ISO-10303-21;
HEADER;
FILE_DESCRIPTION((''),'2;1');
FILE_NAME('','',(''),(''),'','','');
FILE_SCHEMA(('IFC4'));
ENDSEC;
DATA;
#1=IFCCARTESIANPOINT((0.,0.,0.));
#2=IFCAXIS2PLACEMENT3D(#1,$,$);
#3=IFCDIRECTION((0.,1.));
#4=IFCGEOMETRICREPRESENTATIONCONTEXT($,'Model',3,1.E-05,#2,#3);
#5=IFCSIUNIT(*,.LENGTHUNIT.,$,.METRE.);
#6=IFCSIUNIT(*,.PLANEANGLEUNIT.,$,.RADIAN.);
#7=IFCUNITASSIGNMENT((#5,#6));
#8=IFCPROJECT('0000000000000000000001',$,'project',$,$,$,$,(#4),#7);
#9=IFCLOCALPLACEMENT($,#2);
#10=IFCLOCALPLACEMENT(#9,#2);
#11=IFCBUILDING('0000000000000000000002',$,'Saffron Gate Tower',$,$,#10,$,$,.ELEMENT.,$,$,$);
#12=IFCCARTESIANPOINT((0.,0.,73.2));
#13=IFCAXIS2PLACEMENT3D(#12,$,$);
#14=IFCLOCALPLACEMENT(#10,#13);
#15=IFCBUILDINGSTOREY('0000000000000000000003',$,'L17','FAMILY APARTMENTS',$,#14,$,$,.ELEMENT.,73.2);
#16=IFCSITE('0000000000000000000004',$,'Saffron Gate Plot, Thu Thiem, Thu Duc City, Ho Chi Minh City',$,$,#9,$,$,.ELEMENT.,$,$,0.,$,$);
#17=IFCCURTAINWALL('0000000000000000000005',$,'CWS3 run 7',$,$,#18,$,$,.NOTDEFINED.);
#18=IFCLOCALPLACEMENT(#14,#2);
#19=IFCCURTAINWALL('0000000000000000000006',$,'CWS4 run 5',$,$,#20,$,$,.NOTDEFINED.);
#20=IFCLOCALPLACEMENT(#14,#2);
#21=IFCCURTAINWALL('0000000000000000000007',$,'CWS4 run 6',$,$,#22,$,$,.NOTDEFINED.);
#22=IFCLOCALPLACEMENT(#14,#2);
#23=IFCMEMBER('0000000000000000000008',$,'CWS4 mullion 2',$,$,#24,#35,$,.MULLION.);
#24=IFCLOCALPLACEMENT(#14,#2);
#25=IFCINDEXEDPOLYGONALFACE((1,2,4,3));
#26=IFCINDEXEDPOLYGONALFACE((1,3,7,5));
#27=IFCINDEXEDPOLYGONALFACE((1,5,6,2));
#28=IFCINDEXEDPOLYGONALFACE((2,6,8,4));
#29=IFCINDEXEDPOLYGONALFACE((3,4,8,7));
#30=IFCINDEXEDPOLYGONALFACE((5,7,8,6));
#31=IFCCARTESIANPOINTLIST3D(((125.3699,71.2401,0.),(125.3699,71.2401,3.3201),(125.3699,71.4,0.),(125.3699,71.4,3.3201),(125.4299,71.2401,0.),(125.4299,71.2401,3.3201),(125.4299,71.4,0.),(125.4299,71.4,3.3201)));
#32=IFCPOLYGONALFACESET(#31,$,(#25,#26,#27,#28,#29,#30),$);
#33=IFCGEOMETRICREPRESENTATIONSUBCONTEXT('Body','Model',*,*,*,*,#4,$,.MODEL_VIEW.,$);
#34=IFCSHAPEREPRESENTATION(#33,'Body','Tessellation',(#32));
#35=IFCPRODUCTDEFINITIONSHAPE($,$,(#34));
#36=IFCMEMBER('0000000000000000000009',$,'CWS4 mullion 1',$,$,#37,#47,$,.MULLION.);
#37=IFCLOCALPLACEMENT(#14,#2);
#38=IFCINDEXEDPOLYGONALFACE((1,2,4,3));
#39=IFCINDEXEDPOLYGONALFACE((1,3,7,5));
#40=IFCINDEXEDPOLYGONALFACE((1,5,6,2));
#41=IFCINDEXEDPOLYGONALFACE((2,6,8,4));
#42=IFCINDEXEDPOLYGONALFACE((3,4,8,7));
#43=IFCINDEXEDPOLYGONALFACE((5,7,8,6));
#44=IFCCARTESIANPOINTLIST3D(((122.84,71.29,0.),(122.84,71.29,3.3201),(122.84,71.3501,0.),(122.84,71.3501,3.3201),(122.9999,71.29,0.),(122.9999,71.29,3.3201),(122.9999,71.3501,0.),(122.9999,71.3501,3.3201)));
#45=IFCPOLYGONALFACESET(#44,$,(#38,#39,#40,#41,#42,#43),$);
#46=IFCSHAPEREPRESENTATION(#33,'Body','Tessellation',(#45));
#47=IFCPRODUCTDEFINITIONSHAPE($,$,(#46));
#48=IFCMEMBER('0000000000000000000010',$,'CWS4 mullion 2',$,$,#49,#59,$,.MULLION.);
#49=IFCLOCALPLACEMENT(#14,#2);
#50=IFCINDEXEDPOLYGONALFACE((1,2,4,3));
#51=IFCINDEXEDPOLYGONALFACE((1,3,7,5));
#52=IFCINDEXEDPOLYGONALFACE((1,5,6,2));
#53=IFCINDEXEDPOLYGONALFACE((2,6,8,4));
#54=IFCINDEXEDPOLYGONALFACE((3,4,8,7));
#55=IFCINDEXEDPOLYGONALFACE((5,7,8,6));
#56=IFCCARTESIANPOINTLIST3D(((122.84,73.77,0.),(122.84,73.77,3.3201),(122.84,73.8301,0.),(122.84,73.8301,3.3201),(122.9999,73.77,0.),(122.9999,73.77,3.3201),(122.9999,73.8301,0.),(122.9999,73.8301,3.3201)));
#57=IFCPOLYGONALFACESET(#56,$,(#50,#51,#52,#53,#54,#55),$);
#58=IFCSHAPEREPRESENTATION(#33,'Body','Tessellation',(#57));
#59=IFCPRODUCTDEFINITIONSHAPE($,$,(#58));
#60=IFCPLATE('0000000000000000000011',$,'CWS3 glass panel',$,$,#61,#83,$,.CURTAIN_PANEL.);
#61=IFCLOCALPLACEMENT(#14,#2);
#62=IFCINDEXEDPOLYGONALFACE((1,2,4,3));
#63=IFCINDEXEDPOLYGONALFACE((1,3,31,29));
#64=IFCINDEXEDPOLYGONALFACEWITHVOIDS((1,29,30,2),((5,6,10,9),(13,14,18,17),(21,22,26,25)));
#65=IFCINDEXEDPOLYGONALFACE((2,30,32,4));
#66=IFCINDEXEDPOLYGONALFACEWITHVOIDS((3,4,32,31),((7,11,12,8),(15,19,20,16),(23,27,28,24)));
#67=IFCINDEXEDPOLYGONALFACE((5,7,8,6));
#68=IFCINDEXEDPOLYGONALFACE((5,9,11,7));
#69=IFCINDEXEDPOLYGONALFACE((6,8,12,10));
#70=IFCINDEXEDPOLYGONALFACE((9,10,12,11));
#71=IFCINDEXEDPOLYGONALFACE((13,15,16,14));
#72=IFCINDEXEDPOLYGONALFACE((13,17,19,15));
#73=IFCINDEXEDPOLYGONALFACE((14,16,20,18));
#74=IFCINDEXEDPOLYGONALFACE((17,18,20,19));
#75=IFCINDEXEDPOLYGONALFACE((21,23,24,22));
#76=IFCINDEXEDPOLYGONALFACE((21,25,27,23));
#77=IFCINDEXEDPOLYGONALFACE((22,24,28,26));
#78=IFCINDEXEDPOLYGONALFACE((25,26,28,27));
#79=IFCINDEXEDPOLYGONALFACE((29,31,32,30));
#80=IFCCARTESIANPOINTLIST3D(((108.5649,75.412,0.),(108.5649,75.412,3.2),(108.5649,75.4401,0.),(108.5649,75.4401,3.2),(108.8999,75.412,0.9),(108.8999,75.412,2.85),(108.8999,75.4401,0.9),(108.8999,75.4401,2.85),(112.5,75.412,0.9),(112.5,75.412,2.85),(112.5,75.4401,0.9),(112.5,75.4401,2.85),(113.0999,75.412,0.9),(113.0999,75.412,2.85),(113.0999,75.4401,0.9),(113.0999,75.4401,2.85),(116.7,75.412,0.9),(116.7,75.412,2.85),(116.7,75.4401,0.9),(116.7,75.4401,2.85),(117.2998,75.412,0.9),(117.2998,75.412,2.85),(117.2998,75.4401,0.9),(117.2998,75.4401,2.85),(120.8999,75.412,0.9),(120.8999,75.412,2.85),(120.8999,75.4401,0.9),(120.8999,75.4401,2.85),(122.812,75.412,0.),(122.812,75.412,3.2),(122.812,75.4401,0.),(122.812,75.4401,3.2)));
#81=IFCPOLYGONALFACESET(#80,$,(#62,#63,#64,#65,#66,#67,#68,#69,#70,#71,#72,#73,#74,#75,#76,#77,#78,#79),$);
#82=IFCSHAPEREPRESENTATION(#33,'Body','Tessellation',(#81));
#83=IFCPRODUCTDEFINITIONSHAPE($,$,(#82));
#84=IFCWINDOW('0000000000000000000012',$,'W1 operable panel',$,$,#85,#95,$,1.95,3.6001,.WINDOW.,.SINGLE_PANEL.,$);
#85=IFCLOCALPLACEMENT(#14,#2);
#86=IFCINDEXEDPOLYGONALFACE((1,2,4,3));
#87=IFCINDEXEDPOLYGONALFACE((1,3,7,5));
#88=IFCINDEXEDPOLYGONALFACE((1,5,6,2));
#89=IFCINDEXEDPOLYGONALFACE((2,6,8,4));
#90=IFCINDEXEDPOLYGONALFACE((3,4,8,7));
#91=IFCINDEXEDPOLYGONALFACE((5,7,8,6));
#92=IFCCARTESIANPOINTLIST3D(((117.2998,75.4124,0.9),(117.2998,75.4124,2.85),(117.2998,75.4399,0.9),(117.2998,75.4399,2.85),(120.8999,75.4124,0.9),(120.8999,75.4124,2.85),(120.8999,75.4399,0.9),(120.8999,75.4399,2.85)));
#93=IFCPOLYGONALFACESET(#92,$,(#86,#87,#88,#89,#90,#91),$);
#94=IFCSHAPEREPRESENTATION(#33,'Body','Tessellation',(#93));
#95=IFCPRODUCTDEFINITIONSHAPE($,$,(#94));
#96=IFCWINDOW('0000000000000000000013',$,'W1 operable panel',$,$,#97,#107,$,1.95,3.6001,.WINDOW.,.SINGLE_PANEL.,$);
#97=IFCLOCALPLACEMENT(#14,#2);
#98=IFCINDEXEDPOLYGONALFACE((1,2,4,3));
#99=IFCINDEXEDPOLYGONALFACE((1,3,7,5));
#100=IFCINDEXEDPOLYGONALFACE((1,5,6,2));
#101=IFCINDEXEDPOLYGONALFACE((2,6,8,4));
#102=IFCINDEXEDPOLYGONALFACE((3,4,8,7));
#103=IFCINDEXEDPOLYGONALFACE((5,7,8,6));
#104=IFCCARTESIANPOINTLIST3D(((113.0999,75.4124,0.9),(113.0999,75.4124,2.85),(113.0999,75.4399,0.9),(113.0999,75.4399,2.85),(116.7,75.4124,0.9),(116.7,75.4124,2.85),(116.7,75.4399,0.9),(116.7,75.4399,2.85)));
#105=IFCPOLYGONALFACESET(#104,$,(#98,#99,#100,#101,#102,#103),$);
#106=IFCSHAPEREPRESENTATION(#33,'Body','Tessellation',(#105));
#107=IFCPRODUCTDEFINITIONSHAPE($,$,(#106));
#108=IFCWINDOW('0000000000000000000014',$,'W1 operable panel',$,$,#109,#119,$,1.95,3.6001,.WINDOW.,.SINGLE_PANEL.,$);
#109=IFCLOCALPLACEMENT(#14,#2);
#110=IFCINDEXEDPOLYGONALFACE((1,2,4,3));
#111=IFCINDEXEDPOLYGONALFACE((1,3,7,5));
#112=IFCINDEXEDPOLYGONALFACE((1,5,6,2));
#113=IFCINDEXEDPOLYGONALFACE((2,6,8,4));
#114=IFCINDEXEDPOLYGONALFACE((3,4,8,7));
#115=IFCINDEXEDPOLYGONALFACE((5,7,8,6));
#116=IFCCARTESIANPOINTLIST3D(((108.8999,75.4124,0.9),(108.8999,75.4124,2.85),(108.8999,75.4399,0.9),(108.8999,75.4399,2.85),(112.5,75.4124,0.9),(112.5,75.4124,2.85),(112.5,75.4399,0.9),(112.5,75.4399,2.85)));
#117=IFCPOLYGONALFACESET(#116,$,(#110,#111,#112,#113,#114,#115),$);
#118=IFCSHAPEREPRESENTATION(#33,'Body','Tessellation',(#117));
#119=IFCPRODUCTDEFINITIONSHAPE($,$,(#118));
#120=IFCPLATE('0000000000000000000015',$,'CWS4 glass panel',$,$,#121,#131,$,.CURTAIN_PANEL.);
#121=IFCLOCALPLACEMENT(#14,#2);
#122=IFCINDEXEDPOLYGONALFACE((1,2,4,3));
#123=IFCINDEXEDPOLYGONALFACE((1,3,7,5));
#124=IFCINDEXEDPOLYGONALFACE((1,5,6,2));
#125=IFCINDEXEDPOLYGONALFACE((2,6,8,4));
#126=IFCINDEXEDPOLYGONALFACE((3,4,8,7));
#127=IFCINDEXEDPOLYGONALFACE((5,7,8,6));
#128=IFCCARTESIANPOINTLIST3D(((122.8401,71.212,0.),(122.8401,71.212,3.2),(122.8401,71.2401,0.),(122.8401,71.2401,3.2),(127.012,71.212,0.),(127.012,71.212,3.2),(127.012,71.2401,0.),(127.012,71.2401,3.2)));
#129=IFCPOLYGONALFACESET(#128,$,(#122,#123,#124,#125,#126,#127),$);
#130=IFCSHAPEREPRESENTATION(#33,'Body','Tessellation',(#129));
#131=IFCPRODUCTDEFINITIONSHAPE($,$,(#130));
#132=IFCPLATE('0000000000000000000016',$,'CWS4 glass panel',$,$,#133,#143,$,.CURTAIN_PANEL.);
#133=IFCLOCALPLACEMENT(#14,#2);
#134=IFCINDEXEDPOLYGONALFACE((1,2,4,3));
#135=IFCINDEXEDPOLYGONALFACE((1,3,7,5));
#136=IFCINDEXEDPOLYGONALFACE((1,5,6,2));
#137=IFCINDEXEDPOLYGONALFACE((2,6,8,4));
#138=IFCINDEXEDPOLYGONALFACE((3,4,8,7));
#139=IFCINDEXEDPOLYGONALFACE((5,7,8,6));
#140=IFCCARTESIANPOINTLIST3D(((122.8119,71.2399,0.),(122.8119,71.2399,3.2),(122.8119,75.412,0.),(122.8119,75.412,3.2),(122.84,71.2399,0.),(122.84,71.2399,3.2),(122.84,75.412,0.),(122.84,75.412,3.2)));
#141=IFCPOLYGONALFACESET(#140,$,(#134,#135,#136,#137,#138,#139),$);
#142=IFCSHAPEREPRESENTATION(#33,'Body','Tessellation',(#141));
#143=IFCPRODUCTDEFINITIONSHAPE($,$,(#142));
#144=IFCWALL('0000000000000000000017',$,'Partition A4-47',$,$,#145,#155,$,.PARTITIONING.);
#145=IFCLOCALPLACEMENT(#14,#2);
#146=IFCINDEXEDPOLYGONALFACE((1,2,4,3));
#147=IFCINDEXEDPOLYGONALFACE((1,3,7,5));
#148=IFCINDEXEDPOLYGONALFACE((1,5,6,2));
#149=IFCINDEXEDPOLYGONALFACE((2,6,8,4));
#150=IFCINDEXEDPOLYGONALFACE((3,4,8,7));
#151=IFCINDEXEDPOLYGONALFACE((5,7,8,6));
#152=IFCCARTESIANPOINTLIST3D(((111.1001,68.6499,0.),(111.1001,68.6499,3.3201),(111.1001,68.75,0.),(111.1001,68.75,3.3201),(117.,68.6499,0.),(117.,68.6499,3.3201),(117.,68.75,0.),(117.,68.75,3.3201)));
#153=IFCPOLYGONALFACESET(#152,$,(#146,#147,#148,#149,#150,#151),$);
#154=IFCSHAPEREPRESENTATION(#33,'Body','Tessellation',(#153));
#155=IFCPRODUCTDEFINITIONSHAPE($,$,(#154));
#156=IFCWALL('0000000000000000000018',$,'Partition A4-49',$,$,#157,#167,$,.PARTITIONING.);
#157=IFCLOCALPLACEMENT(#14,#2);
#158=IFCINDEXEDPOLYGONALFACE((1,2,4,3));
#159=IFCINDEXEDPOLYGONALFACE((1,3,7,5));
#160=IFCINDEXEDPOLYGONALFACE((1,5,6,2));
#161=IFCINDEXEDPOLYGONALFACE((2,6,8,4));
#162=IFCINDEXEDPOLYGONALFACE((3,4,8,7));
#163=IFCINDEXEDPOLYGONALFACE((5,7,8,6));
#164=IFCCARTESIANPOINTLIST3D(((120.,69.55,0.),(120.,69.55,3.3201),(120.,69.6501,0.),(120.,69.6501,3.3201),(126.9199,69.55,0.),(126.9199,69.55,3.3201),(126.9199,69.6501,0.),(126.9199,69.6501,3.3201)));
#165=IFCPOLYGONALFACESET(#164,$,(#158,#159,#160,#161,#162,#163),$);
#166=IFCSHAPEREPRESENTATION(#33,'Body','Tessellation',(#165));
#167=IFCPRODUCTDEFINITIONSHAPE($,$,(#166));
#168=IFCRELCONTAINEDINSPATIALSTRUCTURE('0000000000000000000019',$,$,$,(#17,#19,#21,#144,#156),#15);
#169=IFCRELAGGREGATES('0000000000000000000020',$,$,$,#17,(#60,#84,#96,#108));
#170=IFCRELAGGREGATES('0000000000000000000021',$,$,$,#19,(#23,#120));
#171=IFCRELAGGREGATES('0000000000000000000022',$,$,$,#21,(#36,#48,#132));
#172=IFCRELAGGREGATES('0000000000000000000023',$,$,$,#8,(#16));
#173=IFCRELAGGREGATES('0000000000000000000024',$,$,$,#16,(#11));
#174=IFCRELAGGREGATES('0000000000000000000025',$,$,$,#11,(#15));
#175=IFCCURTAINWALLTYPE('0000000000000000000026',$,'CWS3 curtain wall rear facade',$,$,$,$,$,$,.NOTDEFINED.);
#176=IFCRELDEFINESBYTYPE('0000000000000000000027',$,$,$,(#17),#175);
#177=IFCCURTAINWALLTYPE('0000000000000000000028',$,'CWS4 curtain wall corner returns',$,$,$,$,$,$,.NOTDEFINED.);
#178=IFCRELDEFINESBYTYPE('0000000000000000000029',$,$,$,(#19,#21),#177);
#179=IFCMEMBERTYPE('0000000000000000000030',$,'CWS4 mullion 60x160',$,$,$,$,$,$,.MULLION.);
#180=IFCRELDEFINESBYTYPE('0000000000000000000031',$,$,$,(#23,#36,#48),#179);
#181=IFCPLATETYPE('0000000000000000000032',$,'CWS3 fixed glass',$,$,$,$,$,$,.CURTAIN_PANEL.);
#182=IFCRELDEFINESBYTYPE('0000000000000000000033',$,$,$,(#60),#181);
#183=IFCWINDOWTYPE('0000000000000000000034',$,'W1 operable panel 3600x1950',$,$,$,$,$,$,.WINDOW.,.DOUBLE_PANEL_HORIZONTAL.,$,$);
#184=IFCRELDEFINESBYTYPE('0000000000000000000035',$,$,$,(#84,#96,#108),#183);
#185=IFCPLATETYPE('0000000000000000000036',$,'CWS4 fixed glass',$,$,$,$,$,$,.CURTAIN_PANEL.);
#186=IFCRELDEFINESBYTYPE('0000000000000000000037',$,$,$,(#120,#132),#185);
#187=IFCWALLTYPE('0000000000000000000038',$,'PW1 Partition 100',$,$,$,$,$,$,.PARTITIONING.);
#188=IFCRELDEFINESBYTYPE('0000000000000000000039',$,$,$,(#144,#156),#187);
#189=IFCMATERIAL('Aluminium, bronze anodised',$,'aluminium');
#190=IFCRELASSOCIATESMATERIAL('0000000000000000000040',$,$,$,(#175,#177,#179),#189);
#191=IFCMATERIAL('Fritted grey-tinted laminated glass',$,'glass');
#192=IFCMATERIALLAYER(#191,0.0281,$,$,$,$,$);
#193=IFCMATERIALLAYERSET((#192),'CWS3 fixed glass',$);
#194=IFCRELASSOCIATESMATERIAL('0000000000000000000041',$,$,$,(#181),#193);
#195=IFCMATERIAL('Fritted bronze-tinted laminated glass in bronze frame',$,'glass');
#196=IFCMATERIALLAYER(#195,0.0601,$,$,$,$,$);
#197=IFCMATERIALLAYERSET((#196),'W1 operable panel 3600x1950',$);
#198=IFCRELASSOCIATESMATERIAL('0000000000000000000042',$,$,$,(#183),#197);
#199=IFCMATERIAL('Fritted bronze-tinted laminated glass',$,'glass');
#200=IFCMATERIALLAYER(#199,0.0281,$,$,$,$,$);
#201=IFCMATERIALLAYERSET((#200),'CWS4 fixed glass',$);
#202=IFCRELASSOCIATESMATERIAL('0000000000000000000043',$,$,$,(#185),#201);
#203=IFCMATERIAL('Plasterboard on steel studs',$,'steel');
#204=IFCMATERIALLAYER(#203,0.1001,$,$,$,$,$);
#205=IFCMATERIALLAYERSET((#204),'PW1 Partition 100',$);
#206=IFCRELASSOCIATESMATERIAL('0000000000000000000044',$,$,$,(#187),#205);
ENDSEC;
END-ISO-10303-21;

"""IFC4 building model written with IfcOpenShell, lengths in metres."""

from ifc_helpers import new_model, si_unit, direction, frame, frame_2d, origin, origin_2d, place, context, subcontext, project, spatial, rectangle, extrude, material, layer, layer_set, material_profile, profile_set, type_object, element, fill, aggregate, save


model = new_model("IFC4")

# Units and contexts
model_context = context("Model", 3, precision=1e-05, world=origin(), true_north=direction((0.0, 1.0)))
body_context = subcontext(model_context, "Body", "Model", "MODEL_VIEW")
ifc_project = project(units=[si_unit("LENGTHUNIT", "METRE"), si_unit("PLANEANGLEUNIT", "RADIAN")], contexts=[model_context])

# Site, building, storey
site_placement = place(None, origin())
site = spatial("IfcSite", under=ifc_project, at=site_placement, Name="Saffron Gate Plot, Thu Thiem, Thu Duc City, Ho Chi Minh City", CompositionType="ELEMENT", RefElevation=0.0)
building_placement = place(site_placement, origin())
building = spatial("IfcBuilding", under=site, at=building_placement, Name="Saffron Gate Tower", CompositionType="ELEMENT")
storey_placement = place(building_placement, frame((0.0, 0.0, 73.2)))
storey = spatial("IfcBuildingStorey", under=building, at=storey_placement, Name="L17", Description="FAMILY APARTMENTS", CompositionType="ELEMENT", Elevation=73.2)

# Shared definitions
ifc_material_1 = material(Name="Aluminium, bronze anodised", Category="aluminium")

# Curtain wall
curtain_wall_type_1 = type_object("IfcCurtainWallType", Name="CWS3 curtain wall rear facade", PredefinedType="NOTDEFINED", material=ifc_material_1)
curtain_wall_1_placement = place(storey_placement, origin())
curtain_wall_1 = element("IfcCurtainWall", 1, at=curtain_wall_1_placement, inside=storey, type_object=curtain_wall_type_1, Name="CWS3 run 7", PredefinedType="NOTDEFINED")

# Curtain walls
curtain_wall_type_2 = type_object("IfcCurtainWallType", Name="CWS4 curtain wall corner returns", PredefinedType="NOTDEFINED", material=ifc_material_1)
curtain_wall_2_placement = place(storey_placement, origin())
curtain_wall_2 = element("IfcCurtainWall", 2, at=curtain_wall_2_placement, inside=storey, type_object=curtain_wall_type_2, Name="CWS4 run 5", PredefinedType="NOTDEFINED")
curtain_wall_3_placement = place(storey_placement, origin())
curtain_wall_3 = element("IfcCurtainWall", 3, at=curtain_wall_3_placement, inside=storey, type_object=curtain_wall_type_2, Name="CWS4 run 6", PredefinedType="NOTDEFINED")

# Members
ifc_material_profile_1 = material_profile(ifc_material_1, rectangle(XDim=0.1599, YDim=0.0601, at=origin_2d()))
ifc_profile_set_1 = profile_set([ifc_material_profile_1], Name="Aluminium, bronze anodised")
member_type_1 = type_object("IfcMemberType", Name="CWS4 mullion 60x160", PredefinedType="MULLION", material=ifc_profile_set_1)
member_1_placement = place(storey_placement, frame((125.3999, 71.3201, 0.0), z_axis=(0.0, 0.0, 1.0), x_axis=(0.0, -1.0, 0.0)))
member_1 = element("IfcMember", 4, at=member_1_placement, type_object=member_type_1, Name="CWS4 mullion 2", PredefinedType="MULLION", context=body_context, shape_type="SweptSolid", body=[
    extrude(rectangle(XDim=0.1599, YDim=0.0601, at=origin_2d()), origin(), (0.0, 0.0, 1.0), 3.3201),
])
member_2_placement = place(storey_placement, frame((122.9199, 71.3201, 0.0), z_axis=(0.0, 0.0, 1.0), x_axis=(-1.0, 0.0, 0.0)))
member_2 = element("IfcMember", 5, at=member_2_placement, type_object=member_type_1, Name="CWS4 mullion 1", PredefinedType="MULLION", context=body_context, shape_type="SweptSolid", body=[
    extrude(rectangle(XDim=0.1599, YDim=0.0601, at=origin_2d()), origin(), (0.0, 0.0, 1.0), 3.3201),
])
member_3_placement = place(storey_placement, frame((122.9199, 73.8, 0.0), z_axis=(0.0, 0.0, 1.0), x_axis=(-1.0, 0.0, 0.0)))
member_3 = element("IfcMember", 6, at=member_3_placement, type_object=member_type_1, Name="CWS4 mullion 2", PredefinedType="MULLION", context=body_context, shape_type="SweptSolid", body=[
    extrude(rectangle(XDim=0.1599, YDim=0.0601, at=origin_2d()), origin(), (0.0, 0.0, 1.0), 3.3201),
])

# Plate, openings, windows
ifc_material_2 = material(Name="Fritted grey-tinted laminated glass", Category="glass")
ifc_layer_1 = layer(ifc_material_2, 0.0281)
ifc_layer_set_1 = layer_set([ifc_layer_1], Name="CWS3 fixed glass")
plate_type_1 = type_object("IfcPlateType", Name="CWS3 fixed glass", PredefinedType="CURTAIN_PANEL", material=ifc_layer_set_1)
plate_1_placement = place(storey_placement, frame((122.812, 75.426, 0.0), z_axis=(0.0, 0.0, 1.0), x_axis=(-1.0, 0.0, 0.0)))
plate_1 = element("IfcPlate", 7, at=plate_1_placement, type_object=plate_type_1, Name="CWS3 glass panel", PredefinedType="CURTAIN_PANEL", context=body_context, shape_type="SweptSolid", body=[
    extrude(rectangle(XDim=14.2471, YDim=0.0281, at=frame_2d((7.1235, 0.0))), origin(), (0.0, 0.0, 1.0), 3.2),
])
opening_1_placement = place(plate_1_placement, frame((1.9121, 0.0, 0.8999)))
opening_1 = element("IfcOpeningElement", 8, at=opening_1_placement, cuts=plate_1, PredefinedType="OPENING", context=body_context, shape_type="SweptSolid", body=[
    extrude(rectangle(XDim=3.6001, YDim=1.95, at=frame_2d((1.8, 0.9751))), frame((0.0, 0.0239, 0.0), z_axis=(0.0, -1.0, 0.0), x_axis=(1.0, 0.0, 0.0)), (0.0, 0.0, 1.0), 0.0481),
])
opening_2_placement = place(plate_1_placement, frame((6.1121, 0.0, 0.8999)))
opening_2 = element("IfcOpeningElement", 9, at=opening_2_placement, cuts=plate_1, PredefinedType="OPENING", context=body_context, shape_type="SweptSolid", body=[
    extrude(rectangle(XDim=3.6001, YDim=1.95, at=frame_2d((1.8, 0.9751))), frame((0.0, 0.0239, 0.0), z_axis=(0.0, -1.0, 0.0), x_axis=(1.0, 0.0, 0.0)), (0.0, 0.0, 1.0), 0.0481),
])
opening_3_placement = place(plate_1_placement, frame((10.312, 0.0, 0.8999)))
opening_3 = element("IfcOpeningElement", 10, at=opening_3_placement, cuts=plate_1, PredefinedType="OPENING", context=body_context, shape_type="SweptSolid", body=[
    extrude(rectangle(XDim=3.6001, YDim=1.95, at=frame_2d((1.8, 0.9751))), frame((0.0, 0.0239, 0.0), z_axis=(0.0, -1.0, 0.0), x_axis=(1.0, 0.0, 0.0)), (0.0, 0.0, 1.0), 0.0481),
])
ifc_material_3 = material(Name="Fritted bronze-tinted laminated glass in bronze frame", Category="glass")
ifc_layer_2 = layer(ifc_material_3, 0.0601)
ifc_layer_set_2 = layer_set([ifc_layer_2], Name="W1 operable panel 3600x1950")
window_type = type_object("IfcWindowType", Name="W1 operable panel 3600x1950", PartitioningType="DOUBLE_PANEL_HORIZONTAL", PredefinedType="WINDOW", material=ifc_layer_set_2)
window_1_placement = place(opening_1_placement, origin())
window_1 = element("IfcWindow", 11, at=window_1_placement, type_object=window_type, Name="W1 operable panel", OverallHeight=1.95, OverallWidth=3.6001, PartitioningType="SINGLE_PANEL", PredefinedType="WINDOW", context=body_context, shape_type="SweptSolid", body=[
    extrude(rectangle(XDim=3.6001, YDim=1.95, at=frame_2d((1.8, 0.9751))), frame((0.0, 0.0137, 0.0), z_axis=(0.0, -1.0, 0.0), x_axis=(1.0, 0.0, 0.0)), (0.0, 0.0, 1.0), 0.0276),
])
fill(opening_1, window_1)
window_2_placement = place(opening_2_placement, origin())
window_2 = element("IfcWindow", 12, at=window_2_placement, type_object=window_type, Name="W1 operable panel", OverallHeight=1.95, OverallWidth=3.6001, PartitioningType="SINGLE_PANEL", PredefinedType="WINDOW", context=body_context, shape_type="SweptSolid", body=[
    extrude(rectangle(XDim=3.6001, YDim=1.95, at=frame_2d((1.8, 0.9751))), frame((0.0, 0.0137, 0.0), z_axis=(0.0, -1.0, 0.0), x_axis=(1.0, 0.0, 0.0)), (0.0, 0.0, 1.0), 0.0276),
])
fill(opening_2, window_2)
window_3_placement = place(opening_3_placement, origin())
window_3 = element("IfcWindow", 13, at=window_3_placement, type_object=window_type, Name="W1 operable panel", OverallHeight=1.95, OverallWidth=3.6001, PartitioningType="SINGLE_PANEL", PredefinedType="WINDOW", context=body_context, shape_type="SweptSolid", body=[
    extrude(rectangle(XDim=3.6001, YDim=1.95, at=frame_2d((1.8, 0.9751))), frame((0.0, 0.0137, 0.0), z_axis=(0.0, -1.0, 0.0), x_axis=(1.0, 0.0, 0.0)), (0.0, 0.0, 1.0), 0.0276),
])
fill(opening_3, window_3)
aggregate(curtain_wall_1, [plate_1, window_1, window_2, window_3])

# Plates
ifc_material_4 = material(Name="Fritted bronze-tinted laminated glass", Category="glass")
ifc_layer_3 = layer(ifc_material_4, 0.0281)
ifc_layer_set_3 = layer_set([ifc_layer_3], Name="CWS4 fixed glass")
plate_type_2 = type_object("IfcPlateType", Name="CWS4 fixed glass", PredefinedType="CURTAIN_PANEL", material=ifc_layer_set_3)
plate_2_placement = place(storey_placement, frame((127.012, 71.2261, 0.0), z_axis=(0.0, 0.0, 1.0), x_axis=(-1.0, 0.0, 0.0)))
plate_2 = element("IfcPlate", 14, at=plate_2_placement, type_object=plate_type_2, Name="CWS4 glass panel", PredefinedType="CURTAIN_PANEL", context=body_context, shape_type="SweptSolid", body=[
    extrude(rectangle(XDim=4.1719, YDim=0.0281, at=frame_2d((2.0859, 0.0))), origin(), (0.0, 0.0, 1.0), 3.2),
])
aggregate(curtain_wall_2, [member_1, plate_2])
plate_3_placement = place(storey_placement, frame((122.8259, 71.24, 0.0), z_axis=(0.0, 0.0, 1.0), x_axis=(0.0, 1.0, 0.0)))
plate_3 = element("IfcPlate", 15, at=plate_3_placement, type_object=plate_type_2, Name="CWS4 glass panel", PredefinedType="CURTAIN_PANEL", context=body_context, shape_type="SweptSolid", body=[
    extrude(rectangle(XDim=4.1721, YDim=0.0281, at=frame_2d((2.0859, 0.0))), origin(), (0.0, 0.0, 1.0), 3.2),
])
aggregate(curtain_wall_3, [member_2, member_3, plate_3])

# Walls
ifc_material_5 = material(Name="Plasterboard on steel studs", Category="steel")
ifc_layer_4 = layer(ifc_material_5, 0.1001)
ifc_layer_set_4 = layer_set([ifc_layer_4], Name="PW1 Partition 100")
wall_type_1 = type_object("IfcWallType", Name="PW1 Partition 100", PredefinedType="PARTITIONING", material=ifc_layer_set_4)
wall_1_placement = place(storey_placement, frame((111.1001, 68.7, 0.0), z_axis=(0.0, 0.0, 1.0), x_axis=(1.0, 0.0, 0.0)))
element("IfcWall", 16, at=wall_1_placement, inside=storey, type_object=wall_type_1, Name="Partition A4-47", PredefinedType="PARTITIONING", context=body_context, shape_type="SweptSolid", body=[
    extrude(rectangle(XDim=5.8999, YDim=0.1001, at=frame_2d((2.95, 0.0))), origin(), (0.0, 0.0, 1.0), 3.3201),
])
wall_2_placement = place(storey_placement, frame((120.0, 69.6001, 0.0), z_axis=(0.0, 0.0, 1.0), x_axis=(1.0, 0.0, 0.0)))
element("IfcWall", 17, at=wall_2_placement, inside=storey, type_object=wall_type_1, Name="Partition A4-49", PredefinedType="PARTITIONING", context=body_context, shape_type="SweptSolid", body=[
    extrude(rectangle(XDim=6.9199, YDim=0.1001, at=frame_2d((3.46, 0.0))), origin(), (0.0, 0.0, 1.0), 3.3201),
])

save(model, "model.ifc")
